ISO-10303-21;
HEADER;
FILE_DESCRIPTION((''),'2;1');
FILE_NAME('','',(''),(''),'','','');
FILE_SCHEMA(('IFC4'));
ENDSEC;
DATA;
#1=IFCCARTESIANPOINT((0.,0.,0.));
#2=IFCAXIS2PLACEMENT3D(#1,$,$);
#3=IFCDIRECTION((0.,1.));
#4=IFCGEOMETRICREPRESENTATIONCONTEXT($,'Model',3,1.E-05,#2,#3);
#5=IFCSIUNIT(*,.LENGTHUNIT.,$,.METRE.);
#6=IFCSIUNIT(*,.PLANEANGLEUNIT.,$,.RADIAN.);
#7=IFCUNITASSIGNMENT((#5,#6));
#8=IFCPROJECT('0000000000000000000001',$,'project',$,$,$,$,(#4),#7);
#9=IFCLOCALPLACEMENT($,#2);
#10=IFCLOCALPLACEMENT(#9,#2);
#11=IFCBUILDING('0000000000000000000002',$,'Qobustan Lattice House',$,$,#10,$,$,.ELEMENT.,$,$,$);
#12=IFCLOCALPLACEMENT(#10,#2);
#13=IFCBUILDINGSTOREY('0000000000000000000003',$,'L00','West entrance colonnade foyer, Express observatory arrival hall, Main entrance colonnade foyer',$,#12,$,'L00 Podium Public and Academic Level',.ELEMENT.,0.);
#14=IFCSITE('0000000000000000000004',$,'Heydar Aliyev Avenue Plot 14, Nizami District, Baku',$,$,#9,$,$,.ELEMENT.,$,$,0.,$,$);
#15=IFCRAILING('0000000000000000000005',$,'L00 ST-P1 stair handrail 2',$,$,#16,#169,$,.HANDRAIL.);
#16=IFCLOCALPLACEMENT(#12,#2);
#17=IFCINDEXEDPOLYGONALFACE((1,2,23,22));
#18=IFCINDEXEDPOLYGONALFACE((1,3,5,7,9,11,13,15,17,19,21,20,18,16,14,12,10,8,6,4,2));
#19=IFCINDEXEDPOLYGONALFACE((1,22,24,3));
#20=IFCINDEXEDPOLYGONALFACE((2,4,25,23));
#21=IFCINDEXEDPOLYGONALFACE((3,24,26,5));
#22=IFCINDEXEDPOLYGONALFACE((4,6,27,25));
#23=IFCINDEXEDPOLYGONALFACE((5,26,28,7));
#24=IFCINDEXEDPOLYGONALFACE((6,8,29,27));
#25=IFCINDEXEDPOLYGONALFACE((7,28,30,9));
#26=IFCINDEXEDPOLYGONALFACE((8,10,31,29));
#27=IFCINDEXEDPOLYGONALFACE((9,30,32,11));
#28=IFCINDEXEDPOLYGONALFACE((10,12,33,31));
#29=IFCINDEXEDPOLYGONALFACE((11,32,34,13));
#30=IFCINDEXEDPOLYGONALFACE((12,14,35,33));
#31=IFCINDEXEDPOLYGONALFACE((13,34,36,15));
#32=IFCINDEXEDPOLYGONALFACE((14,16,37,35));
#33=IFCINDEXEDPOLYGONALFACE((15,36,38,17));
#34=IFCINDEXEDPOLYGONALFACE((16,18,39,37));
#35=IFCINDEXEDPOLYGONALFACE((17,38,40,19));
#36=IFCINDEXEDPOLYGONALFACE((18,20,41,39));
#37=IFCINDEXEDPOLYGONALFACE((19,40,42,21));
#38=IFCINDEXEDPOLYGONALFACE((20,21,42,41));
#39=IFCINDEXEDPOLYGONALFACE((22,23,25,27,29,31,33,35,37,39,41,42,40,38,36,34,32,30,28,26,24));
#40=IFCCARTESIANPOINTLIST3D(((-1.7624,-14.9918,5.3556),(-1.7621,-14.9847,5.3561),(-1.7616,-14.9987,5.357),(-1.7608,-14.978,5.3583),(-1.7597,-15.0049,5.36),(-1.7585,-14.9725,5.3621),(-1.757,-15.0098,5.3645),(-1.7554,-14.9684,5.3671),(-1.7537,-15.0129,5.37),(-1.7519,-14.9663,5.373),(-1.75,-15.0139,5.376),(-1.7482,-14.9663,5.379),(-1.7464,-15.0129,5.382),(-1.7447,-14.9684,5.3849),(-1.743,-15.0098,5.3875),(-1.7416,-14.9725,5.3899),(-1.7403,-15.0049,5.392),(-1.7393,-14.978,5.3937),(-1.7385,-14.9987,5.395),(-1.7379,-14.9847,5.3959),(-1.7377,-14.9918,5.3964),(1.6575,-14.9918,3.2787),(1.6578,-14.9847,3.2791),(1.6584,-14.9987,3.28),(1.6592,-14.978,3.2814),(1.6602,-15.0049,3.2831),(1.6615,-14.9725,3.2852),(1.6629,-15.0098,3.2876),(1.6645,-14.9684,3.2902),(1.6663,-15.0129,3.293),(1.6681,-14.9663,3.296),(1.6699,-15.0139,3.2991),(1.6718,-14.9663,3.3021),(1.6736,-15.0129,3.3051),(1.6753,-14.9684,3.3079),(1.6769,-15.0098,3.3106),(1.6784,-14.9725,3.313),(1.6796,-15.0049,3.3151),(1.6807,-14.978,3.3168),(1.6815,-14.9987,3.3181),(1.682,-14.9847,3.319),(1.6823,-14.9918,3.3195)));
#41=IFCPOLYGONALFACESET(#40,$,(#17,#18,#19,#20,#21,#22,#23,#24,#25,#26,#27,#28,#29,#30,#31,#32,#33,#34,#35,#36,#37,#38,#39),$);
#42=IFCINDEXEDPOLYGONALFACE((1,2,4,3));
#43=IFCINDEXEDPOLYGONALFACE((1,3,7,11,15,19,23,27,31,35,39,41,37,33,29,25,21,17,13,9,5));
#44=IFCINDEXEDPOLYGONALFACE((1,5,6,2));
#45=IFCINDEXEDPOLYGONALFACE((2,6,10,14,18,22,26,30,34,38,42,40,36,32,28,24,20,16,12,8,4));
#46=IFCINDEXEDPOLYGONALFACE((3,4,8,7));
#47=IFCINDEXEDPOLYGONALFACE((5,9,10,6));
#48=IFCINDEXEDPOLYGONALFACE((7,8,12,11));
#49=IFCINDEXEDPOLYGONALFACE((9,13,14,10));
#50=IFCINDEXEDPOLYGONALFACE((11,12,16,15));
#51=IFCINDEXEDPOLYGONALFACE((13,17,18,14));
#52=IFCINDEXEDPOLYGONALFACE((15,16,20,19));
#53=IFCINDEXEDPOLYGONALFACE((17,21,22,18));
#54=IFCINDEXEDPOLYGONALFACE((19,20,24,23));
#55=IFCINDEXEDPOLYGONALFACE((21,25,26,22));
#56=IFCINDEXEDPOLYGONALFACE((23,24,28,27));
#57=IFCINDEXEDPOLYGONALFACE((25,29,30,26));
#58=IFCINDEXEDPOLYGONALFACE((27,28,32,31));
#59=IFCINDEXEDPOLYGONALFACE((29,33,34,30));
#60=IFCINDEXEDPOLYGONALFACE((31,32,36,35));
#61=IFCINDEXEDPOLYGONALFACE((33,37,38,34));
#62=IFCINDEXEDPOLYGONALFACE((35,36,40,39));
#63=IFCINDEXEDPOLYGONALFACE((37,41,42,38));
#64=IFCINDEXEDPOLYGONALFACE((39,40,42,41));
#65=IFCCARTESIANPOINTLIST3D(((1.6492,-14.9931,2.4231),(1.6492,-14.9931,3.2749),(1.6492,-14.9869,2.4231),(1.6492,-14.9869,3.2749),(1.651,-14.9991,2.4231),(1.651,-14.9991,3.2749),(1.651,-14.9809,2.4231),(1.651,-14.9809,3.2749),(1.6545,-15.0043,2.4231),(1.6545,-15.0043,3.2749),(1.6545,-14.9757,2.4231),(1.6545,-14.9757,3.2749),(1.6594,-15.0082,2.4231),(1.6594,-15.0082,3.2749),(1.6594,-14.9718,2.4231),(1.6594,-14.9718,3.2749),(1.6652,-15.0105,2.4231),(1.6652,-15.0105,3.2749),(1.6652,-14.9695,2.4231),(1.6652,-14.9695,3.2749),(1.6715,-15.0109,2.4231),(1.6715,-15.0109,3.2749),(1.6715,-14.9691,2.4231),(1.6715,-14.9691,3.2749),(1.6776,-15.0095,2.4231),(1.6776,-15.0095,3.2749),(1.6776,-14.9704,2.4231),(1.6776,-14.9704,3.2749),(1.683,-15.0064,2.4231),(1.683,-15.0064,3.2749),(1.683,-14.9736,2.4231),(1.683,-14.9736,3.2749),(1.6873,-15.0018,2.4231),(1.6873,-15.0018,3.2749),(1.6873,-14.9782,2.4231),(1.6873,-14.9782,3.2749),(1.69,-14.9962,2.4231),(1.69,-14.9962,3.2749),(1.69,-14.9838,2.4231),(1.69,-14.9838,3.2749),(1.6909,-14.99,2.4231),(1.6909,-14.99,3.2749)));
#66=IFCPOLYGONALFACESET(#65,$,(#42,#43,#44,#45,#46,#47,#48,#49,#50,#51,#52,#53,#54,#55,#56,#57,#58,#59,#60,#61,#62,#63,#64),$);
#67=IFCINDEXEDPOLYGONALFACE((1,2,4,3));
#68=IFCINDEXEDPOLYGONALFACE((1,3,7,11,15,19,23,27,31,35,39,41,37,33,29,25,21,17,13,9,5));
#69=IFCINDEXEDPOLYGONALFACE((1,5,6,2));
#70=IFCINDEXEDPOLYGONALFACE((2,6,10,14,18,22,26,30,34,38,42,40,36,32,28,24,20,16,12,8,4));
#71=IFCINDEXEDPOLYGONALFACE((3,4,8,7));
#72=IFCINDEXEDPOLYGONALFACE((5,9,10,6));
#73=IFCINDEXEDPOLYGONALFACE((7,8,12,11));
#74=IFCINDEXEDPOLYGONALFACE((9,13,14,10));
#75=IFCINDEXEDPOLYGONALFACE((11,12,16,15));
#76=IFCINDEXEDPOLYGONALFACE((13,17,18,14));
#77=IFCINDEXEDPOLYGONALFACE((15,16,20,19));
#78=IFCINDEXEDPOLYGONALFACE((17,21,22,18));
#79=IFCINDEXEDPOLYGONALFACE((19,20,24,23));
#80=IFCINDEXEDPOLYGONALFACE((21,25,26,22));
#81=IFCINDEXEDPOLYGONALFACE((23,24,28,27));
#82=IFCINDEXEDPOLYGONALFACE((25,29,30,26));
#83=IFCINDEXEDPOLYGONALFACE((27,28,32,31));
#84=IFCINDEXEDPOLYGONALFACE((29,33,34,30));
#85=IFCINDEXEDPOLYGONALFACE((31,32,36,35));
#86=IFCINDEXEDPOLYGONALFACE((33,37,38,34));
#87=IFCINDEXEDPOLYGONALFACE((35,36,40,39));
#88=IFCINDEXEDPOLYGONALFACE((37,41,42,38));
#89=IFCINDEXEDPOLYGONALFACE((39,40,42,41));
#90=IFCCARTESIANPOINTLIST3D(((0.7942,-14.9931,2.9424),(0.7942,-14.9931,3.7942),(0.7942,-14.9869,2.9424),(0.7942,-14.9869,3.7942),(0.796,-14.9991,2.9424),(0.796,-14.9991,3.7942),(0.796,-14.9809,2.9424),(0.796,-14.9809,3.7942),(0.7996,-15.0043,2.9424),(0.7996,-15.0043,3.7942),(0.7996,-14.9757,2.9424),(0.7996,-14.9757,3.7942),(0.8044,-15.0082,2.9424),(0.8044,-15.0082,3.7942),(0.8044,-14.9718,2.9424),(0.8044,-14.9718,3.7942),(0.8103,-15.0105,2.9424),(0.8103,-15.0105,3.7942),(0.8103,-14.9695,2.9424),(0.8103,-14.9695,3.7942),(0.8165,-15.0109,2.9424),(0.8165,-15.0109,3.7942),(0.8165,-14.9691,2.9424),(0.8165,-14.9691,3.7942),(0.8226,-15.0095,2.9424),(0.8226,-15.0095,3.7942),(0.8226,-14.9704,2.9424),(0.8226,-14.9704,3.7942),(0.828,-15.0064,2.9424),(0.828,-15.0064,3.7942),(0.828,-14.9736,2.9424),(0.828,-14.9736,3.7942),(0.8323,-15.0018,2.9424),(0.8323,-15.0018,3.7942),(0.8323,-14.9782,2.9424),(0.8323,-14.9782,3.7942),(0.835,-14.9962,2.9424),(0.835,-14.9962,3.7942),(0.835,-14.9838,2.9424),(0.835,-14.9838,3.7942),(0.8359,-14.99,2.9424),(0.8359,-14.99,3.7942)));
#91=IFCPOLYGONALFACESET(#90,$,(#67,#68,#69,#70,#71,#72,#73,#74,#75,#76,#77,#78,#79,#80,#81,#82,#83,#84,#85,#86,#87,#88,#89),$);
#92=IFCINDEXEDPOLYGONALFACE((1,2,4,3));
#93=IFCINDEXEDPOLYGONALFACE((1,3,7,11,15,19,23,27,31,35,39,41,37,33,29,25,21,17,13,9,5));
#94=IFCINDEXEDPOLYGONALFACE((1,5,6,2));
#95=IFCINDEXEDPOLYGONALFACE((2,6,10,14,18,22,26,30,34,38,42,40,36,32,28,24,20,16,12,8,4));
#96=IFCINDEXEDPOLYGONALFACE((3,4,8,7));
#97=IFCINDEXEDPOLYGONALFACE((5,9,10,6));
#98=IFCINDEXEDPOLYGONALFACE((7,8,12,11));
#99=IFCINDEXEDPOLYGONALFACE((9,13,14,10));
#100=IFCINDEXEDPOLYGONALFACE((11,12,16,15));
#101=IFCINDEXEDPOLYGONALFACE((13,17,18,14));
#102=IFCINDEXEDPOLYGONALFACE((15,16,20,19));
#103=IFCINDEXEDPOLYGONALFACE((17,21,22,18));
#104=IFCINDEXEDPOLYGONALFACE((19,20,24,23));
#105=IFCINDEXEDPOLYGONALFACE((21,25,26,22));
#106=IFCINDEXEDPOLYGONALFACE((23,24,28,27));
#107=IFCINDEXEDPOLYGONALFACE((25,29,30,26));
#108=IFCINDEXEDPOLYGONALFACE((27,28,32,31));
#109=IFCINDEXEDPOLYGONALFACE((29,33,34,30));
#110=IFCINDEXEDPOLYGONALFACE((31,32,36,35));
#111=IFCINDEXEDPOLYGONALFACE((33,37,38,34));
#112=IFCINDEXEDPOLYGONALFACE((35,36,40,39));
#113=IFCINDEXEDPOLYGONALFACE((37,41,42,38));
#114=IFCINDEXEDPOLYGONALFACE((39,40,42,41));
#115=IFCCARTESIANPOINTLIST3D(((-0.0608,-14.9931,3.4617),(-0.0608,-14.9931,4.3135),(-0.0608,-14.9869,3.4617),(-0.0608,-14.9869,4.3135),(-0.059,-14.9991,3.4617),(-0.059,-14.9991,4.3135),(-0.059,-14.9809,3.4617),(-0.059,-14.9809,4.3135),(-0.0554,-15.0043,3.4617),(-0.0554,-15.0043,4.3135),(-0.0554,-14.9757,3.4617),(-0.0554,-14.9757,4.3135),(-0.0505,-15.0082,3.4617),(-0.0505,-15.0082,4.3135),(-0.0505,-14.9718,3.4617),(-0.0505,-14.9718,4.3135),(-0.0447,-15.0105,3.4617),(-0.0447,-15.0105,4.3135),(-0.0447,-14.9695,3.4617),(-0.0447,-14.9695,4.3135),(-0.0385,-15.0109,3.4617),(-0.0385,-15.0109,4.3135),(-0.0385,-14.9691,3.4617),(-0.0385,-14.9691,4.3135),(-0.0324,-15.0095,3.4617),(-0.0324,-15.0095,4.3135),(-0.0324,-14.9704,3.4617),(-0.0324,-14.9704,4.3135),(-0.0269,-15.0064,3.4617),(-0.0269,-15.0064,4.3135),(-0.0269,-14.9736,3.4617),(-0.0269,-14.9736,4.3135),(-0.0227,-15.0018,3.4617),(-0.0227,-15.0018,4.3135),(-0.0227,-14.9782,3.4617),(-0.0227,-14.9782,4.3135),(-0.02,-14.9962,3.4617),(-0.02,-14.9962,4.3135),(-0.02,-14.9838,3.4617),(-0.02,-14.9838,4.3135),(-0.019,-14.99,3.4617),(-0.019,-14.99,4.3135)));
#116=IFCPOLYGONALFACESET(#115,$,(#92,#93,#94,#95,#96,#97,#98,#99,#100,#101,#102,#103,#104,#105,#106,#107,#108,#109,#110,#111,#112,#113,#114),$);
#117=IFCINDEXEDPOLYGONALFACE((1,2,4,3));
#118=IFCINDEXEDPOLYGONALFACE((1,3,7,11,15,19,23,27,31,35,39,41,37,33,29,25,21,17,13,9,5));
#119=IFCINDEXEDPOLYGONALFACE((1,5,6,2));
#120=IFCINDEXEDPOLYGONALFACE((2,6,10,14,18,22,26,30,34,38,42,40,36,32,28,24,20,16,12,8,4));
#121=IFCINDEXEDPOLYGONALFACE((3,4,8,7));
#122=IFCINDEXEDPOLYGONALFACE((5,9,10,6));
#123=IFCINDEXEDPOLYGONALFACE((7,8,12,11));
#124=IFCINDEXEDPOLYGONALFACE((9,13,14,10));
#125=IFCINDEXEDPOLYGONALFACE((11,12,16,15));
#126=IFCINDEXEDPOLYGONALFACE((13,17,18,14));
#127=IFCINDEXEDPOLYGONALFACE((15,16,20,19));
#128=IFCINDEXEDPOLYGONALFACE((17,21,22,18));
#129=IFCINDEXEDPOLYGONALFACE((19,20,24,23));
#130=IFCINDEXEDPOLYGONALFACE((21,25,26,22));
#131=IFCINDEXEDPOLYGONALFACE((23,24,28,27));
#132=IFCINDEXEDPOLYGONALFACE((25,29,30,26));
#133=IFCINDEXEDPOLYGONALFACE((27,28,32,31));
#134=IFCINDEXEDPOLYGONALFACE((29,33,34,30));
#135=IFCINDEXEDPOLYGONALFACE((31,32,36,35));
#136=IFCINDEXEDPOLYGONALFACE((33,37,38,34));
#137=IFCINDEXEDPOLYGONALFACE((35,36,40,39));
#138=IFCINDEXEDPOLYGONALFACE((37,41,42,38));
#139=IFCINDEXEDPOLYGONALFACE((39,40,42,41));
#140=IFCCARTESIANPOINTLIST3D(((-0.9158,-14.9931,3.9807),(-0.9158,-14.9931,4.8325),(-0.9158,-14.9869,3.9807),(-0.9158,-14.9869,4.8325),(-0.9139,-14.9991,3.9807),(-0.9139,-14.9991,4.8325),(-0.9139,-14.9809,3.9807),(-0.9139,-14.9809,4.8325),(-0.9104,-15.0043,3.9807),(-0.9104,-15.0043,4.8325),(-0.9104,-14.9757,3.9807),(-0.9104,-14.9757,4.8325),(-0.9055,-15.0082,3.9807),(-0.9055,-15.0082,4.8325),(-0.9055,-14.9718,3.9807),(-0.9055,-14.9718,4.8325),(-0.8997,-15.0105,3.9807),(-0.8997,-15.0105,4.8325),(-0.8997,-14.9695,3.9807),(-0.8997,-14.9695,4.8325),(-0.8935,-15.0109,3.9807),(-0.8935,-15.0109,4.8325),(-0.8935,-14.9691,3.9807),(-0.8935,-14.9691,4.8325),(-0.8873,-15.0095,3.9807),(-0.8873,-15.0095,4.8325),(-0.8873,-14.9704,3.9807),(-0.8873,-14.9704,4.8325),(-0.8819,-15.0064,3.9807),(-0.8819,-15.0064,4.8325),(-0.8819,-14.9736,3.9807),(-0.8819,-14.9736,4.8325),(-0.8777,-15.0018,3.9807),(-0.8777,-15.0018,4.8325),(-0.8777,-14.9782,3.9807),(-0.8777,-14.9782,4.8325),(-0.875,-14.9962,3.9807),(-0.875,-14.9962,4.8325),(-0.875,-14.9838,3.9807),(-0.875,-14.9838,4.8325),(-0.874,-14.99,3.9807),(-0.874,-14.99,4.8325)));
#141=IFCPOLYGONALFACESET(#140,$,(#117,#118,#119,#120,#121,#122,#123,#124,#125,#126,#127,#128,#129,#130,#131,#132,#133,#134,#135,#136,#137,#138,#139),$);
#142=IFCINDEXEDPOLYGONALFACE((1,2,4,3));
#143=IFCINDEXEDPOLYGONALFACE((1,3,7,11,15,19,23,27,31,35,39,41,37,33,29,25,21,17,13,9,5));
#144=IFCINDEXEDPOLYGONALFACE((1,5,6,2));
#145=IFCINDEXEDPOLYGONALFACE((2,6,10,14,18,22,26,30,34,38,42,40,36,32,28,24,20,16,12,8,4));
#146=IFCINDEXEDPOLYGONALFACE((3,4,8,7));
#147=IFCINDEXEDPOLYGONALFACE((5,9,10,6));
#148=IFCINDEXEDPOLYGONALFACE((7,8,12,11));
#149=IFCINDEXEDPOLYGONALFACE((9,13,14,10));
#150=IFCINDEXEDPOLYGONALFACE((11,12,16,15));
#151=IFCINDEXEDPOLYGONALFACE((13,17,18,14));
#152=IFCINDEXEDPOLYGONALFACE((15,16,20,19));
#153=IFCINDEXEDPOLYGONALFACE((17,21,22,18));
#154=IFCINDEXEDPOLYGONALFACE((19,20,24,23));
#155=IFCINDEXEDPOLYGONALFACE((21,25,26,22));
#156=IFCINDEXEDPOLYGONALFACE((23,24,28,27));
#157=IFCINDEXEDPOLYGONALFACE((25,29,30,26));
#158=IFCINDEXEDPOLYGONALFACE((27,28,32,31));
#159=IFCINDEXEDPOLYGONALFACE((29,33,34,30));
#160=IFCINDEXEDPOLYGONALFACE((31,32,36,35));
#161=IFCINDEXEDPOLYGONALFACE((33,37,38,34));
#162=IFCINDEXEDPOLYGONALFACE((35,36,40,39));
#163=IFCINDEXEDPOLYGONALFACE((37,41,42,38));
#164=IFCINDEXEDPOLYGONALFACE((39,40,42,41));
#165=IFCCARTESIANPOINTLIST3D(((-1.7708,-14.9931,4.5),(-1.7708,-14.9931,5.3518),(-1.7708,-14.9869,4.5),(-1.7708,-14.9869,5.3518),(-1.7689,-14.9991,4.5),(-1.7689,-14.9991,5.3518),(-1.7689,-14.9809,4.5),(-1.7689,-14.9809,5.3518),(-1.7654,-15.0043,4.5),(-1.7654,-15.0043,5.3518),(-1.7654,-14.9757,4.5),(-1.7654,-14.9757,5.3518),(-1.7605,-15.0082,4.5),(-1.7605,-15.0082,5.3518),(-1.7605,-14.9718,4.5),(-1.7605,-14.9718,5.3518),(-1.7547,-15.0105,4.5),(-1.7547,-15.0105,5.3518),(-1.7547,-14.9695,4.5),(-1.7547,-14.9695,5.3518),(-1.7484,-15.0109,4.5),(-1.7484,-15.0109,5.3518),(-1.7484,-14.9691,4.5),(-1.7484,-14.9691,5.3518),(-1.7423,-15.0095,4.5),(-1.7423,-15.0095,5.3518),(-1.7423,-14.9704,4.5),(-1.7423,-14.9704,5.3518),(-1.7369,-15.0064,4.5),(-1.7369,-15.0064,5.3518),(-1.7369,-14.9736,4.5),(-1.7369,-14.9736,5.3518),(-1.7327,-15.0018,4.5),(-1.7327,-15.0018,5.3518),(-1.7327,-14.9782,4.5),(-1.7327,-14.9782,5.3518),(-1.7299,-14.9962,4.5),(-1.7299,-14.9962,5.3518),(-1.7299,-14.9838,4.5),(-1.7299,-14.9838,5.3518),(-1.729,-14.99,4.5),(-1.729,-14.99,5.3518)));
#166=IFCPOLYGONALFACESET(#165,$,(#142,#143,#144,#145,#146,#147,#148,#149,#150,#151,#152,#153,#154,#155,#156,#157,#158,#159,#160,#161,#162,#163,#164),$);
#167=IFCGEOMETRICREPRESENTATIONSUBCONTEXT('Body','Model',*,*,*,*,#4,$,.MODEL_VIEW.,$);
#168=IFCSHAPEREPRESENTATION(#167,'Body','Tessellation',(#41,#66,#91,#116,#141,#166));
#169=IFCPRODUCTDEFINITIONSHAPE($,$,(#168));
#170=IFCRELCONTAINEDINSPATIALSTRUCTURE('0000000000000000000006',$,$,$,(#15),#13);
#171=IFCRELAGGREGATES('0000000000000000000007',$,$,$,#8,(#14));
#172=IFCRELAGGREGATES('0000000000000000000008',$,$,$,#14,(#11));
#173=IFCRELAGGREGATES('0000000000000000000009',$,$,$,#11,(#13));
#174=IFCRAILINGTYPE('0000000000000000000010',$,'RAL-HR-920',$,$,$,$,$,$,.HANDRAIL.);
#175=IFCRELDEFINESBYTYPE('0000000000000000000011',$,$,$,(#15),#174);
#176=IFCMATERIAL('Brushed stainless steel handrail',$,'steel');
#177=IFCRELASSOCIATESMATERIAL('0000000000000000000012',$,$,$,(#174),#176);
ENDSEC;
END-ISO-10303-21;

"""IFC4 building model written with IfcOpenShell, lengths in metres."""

from ifc_helpers import new_model, si_unit, direction, frame, origin, origin_2d, place, context, subcontext, project, spatial, circle, extrude, material, type_object, element, save


model = new_model("IFC4")

# Units and contexts
model_context = context("Model", 3, precision=1e-05, world=origin(), true_north=direction((0.0, 1.0)))
body_context = subcontext(model_context, "Body", "Model", "MODEL_VIEW")
ifc_project = project(units=[si_unit("LENGTHUNIT", "METRE"), si_unit("PLANEANGLEUNIT", "RADIAN")], contexts=[model_context])

# Site, building, storey
site_placement = place(None, origin())
site = spatial("IfcSite", under=ifc_project, at=site_placement, Name="Heydar Aliyev Avenue Plot 14, Nizami District, Baku", CompositionType="ELEMENT", RefElevation=0.0)
building_placement = place(site_placement, origin())
building = spatial("IfcBuilding", under=site, at=building_placement, Name="Qobustan Lattice House", CompositionType="ELEMENT")
storey_placement = place(building_placement, origin())
storey = spatial("IfcBuildingStorey", under=building, at=storey_placement, Name="L00", Description="West entrance colonnade foyer, Express observatory arrival hall, Main entrance colonnade foyer", LongName="L00 Podium Public and Academic Level", CompositionType="ELEMENT", Elevation=0.0)

# Railing
ifc_material_1 = material(Name="Brushed stainless steel handrail", Category="steel")
railing_type_1 = type_object("IfcRailingType", Name="RAL-HR-920", PredefinedType="HANDRAIL", material=ifc_material_1)
railing_1_placement = place(storey_placement, frame((1.6699, -14.99, 2.4231)))
element("IfcRailing", 1, at=railing_1_placement, inside=storey, type_object=railing_type_1, Name="L00 ST-P1 stair handrail 2", PredefinedType="HANDRAIL", context=body_context, shape_type="SweptSolid", body=[
    extrude(circle(Radius=0.0239, at=origin_2d()), frame((0.0, 0.0, 0.876), z_axis=(-0.85473, 0.0, 0.519074), x_axis=(0.0, -1.0, 0.0)), (0.0, 0.0, 1.0), 4.0012),
    extrude(circle(Radius=0.021, at=origin_2d()), origin(), (0.0, 0.0, 1.0), 0.8518),
    extrude(circle(Radius=0.021, at=origin_2d()), frame((-0.855, 0.0, 0.5193)), (0.0, 0.0, 1.0), 0.8518),
    extrude(circle(Radius=0.021, at=origin_2d()), frame((-1.71, 0.0, 1.0386)), (0.0, 0.0, 1.0), 0.8518),
    extrude(circle(Radius=0.021, at=origin_2d()), frame((-2.5649, 0.0, 1.5576)), (0.0, 0.0, 1.0), 0.8518),
    extrude(circle(Radius=0.021, at=origin_2d()), frame((-3.4199, 0.0, 2.0769)), (0.0, 0.0, 1.0), 0.8518),
])

save(model, "model.ifc")
